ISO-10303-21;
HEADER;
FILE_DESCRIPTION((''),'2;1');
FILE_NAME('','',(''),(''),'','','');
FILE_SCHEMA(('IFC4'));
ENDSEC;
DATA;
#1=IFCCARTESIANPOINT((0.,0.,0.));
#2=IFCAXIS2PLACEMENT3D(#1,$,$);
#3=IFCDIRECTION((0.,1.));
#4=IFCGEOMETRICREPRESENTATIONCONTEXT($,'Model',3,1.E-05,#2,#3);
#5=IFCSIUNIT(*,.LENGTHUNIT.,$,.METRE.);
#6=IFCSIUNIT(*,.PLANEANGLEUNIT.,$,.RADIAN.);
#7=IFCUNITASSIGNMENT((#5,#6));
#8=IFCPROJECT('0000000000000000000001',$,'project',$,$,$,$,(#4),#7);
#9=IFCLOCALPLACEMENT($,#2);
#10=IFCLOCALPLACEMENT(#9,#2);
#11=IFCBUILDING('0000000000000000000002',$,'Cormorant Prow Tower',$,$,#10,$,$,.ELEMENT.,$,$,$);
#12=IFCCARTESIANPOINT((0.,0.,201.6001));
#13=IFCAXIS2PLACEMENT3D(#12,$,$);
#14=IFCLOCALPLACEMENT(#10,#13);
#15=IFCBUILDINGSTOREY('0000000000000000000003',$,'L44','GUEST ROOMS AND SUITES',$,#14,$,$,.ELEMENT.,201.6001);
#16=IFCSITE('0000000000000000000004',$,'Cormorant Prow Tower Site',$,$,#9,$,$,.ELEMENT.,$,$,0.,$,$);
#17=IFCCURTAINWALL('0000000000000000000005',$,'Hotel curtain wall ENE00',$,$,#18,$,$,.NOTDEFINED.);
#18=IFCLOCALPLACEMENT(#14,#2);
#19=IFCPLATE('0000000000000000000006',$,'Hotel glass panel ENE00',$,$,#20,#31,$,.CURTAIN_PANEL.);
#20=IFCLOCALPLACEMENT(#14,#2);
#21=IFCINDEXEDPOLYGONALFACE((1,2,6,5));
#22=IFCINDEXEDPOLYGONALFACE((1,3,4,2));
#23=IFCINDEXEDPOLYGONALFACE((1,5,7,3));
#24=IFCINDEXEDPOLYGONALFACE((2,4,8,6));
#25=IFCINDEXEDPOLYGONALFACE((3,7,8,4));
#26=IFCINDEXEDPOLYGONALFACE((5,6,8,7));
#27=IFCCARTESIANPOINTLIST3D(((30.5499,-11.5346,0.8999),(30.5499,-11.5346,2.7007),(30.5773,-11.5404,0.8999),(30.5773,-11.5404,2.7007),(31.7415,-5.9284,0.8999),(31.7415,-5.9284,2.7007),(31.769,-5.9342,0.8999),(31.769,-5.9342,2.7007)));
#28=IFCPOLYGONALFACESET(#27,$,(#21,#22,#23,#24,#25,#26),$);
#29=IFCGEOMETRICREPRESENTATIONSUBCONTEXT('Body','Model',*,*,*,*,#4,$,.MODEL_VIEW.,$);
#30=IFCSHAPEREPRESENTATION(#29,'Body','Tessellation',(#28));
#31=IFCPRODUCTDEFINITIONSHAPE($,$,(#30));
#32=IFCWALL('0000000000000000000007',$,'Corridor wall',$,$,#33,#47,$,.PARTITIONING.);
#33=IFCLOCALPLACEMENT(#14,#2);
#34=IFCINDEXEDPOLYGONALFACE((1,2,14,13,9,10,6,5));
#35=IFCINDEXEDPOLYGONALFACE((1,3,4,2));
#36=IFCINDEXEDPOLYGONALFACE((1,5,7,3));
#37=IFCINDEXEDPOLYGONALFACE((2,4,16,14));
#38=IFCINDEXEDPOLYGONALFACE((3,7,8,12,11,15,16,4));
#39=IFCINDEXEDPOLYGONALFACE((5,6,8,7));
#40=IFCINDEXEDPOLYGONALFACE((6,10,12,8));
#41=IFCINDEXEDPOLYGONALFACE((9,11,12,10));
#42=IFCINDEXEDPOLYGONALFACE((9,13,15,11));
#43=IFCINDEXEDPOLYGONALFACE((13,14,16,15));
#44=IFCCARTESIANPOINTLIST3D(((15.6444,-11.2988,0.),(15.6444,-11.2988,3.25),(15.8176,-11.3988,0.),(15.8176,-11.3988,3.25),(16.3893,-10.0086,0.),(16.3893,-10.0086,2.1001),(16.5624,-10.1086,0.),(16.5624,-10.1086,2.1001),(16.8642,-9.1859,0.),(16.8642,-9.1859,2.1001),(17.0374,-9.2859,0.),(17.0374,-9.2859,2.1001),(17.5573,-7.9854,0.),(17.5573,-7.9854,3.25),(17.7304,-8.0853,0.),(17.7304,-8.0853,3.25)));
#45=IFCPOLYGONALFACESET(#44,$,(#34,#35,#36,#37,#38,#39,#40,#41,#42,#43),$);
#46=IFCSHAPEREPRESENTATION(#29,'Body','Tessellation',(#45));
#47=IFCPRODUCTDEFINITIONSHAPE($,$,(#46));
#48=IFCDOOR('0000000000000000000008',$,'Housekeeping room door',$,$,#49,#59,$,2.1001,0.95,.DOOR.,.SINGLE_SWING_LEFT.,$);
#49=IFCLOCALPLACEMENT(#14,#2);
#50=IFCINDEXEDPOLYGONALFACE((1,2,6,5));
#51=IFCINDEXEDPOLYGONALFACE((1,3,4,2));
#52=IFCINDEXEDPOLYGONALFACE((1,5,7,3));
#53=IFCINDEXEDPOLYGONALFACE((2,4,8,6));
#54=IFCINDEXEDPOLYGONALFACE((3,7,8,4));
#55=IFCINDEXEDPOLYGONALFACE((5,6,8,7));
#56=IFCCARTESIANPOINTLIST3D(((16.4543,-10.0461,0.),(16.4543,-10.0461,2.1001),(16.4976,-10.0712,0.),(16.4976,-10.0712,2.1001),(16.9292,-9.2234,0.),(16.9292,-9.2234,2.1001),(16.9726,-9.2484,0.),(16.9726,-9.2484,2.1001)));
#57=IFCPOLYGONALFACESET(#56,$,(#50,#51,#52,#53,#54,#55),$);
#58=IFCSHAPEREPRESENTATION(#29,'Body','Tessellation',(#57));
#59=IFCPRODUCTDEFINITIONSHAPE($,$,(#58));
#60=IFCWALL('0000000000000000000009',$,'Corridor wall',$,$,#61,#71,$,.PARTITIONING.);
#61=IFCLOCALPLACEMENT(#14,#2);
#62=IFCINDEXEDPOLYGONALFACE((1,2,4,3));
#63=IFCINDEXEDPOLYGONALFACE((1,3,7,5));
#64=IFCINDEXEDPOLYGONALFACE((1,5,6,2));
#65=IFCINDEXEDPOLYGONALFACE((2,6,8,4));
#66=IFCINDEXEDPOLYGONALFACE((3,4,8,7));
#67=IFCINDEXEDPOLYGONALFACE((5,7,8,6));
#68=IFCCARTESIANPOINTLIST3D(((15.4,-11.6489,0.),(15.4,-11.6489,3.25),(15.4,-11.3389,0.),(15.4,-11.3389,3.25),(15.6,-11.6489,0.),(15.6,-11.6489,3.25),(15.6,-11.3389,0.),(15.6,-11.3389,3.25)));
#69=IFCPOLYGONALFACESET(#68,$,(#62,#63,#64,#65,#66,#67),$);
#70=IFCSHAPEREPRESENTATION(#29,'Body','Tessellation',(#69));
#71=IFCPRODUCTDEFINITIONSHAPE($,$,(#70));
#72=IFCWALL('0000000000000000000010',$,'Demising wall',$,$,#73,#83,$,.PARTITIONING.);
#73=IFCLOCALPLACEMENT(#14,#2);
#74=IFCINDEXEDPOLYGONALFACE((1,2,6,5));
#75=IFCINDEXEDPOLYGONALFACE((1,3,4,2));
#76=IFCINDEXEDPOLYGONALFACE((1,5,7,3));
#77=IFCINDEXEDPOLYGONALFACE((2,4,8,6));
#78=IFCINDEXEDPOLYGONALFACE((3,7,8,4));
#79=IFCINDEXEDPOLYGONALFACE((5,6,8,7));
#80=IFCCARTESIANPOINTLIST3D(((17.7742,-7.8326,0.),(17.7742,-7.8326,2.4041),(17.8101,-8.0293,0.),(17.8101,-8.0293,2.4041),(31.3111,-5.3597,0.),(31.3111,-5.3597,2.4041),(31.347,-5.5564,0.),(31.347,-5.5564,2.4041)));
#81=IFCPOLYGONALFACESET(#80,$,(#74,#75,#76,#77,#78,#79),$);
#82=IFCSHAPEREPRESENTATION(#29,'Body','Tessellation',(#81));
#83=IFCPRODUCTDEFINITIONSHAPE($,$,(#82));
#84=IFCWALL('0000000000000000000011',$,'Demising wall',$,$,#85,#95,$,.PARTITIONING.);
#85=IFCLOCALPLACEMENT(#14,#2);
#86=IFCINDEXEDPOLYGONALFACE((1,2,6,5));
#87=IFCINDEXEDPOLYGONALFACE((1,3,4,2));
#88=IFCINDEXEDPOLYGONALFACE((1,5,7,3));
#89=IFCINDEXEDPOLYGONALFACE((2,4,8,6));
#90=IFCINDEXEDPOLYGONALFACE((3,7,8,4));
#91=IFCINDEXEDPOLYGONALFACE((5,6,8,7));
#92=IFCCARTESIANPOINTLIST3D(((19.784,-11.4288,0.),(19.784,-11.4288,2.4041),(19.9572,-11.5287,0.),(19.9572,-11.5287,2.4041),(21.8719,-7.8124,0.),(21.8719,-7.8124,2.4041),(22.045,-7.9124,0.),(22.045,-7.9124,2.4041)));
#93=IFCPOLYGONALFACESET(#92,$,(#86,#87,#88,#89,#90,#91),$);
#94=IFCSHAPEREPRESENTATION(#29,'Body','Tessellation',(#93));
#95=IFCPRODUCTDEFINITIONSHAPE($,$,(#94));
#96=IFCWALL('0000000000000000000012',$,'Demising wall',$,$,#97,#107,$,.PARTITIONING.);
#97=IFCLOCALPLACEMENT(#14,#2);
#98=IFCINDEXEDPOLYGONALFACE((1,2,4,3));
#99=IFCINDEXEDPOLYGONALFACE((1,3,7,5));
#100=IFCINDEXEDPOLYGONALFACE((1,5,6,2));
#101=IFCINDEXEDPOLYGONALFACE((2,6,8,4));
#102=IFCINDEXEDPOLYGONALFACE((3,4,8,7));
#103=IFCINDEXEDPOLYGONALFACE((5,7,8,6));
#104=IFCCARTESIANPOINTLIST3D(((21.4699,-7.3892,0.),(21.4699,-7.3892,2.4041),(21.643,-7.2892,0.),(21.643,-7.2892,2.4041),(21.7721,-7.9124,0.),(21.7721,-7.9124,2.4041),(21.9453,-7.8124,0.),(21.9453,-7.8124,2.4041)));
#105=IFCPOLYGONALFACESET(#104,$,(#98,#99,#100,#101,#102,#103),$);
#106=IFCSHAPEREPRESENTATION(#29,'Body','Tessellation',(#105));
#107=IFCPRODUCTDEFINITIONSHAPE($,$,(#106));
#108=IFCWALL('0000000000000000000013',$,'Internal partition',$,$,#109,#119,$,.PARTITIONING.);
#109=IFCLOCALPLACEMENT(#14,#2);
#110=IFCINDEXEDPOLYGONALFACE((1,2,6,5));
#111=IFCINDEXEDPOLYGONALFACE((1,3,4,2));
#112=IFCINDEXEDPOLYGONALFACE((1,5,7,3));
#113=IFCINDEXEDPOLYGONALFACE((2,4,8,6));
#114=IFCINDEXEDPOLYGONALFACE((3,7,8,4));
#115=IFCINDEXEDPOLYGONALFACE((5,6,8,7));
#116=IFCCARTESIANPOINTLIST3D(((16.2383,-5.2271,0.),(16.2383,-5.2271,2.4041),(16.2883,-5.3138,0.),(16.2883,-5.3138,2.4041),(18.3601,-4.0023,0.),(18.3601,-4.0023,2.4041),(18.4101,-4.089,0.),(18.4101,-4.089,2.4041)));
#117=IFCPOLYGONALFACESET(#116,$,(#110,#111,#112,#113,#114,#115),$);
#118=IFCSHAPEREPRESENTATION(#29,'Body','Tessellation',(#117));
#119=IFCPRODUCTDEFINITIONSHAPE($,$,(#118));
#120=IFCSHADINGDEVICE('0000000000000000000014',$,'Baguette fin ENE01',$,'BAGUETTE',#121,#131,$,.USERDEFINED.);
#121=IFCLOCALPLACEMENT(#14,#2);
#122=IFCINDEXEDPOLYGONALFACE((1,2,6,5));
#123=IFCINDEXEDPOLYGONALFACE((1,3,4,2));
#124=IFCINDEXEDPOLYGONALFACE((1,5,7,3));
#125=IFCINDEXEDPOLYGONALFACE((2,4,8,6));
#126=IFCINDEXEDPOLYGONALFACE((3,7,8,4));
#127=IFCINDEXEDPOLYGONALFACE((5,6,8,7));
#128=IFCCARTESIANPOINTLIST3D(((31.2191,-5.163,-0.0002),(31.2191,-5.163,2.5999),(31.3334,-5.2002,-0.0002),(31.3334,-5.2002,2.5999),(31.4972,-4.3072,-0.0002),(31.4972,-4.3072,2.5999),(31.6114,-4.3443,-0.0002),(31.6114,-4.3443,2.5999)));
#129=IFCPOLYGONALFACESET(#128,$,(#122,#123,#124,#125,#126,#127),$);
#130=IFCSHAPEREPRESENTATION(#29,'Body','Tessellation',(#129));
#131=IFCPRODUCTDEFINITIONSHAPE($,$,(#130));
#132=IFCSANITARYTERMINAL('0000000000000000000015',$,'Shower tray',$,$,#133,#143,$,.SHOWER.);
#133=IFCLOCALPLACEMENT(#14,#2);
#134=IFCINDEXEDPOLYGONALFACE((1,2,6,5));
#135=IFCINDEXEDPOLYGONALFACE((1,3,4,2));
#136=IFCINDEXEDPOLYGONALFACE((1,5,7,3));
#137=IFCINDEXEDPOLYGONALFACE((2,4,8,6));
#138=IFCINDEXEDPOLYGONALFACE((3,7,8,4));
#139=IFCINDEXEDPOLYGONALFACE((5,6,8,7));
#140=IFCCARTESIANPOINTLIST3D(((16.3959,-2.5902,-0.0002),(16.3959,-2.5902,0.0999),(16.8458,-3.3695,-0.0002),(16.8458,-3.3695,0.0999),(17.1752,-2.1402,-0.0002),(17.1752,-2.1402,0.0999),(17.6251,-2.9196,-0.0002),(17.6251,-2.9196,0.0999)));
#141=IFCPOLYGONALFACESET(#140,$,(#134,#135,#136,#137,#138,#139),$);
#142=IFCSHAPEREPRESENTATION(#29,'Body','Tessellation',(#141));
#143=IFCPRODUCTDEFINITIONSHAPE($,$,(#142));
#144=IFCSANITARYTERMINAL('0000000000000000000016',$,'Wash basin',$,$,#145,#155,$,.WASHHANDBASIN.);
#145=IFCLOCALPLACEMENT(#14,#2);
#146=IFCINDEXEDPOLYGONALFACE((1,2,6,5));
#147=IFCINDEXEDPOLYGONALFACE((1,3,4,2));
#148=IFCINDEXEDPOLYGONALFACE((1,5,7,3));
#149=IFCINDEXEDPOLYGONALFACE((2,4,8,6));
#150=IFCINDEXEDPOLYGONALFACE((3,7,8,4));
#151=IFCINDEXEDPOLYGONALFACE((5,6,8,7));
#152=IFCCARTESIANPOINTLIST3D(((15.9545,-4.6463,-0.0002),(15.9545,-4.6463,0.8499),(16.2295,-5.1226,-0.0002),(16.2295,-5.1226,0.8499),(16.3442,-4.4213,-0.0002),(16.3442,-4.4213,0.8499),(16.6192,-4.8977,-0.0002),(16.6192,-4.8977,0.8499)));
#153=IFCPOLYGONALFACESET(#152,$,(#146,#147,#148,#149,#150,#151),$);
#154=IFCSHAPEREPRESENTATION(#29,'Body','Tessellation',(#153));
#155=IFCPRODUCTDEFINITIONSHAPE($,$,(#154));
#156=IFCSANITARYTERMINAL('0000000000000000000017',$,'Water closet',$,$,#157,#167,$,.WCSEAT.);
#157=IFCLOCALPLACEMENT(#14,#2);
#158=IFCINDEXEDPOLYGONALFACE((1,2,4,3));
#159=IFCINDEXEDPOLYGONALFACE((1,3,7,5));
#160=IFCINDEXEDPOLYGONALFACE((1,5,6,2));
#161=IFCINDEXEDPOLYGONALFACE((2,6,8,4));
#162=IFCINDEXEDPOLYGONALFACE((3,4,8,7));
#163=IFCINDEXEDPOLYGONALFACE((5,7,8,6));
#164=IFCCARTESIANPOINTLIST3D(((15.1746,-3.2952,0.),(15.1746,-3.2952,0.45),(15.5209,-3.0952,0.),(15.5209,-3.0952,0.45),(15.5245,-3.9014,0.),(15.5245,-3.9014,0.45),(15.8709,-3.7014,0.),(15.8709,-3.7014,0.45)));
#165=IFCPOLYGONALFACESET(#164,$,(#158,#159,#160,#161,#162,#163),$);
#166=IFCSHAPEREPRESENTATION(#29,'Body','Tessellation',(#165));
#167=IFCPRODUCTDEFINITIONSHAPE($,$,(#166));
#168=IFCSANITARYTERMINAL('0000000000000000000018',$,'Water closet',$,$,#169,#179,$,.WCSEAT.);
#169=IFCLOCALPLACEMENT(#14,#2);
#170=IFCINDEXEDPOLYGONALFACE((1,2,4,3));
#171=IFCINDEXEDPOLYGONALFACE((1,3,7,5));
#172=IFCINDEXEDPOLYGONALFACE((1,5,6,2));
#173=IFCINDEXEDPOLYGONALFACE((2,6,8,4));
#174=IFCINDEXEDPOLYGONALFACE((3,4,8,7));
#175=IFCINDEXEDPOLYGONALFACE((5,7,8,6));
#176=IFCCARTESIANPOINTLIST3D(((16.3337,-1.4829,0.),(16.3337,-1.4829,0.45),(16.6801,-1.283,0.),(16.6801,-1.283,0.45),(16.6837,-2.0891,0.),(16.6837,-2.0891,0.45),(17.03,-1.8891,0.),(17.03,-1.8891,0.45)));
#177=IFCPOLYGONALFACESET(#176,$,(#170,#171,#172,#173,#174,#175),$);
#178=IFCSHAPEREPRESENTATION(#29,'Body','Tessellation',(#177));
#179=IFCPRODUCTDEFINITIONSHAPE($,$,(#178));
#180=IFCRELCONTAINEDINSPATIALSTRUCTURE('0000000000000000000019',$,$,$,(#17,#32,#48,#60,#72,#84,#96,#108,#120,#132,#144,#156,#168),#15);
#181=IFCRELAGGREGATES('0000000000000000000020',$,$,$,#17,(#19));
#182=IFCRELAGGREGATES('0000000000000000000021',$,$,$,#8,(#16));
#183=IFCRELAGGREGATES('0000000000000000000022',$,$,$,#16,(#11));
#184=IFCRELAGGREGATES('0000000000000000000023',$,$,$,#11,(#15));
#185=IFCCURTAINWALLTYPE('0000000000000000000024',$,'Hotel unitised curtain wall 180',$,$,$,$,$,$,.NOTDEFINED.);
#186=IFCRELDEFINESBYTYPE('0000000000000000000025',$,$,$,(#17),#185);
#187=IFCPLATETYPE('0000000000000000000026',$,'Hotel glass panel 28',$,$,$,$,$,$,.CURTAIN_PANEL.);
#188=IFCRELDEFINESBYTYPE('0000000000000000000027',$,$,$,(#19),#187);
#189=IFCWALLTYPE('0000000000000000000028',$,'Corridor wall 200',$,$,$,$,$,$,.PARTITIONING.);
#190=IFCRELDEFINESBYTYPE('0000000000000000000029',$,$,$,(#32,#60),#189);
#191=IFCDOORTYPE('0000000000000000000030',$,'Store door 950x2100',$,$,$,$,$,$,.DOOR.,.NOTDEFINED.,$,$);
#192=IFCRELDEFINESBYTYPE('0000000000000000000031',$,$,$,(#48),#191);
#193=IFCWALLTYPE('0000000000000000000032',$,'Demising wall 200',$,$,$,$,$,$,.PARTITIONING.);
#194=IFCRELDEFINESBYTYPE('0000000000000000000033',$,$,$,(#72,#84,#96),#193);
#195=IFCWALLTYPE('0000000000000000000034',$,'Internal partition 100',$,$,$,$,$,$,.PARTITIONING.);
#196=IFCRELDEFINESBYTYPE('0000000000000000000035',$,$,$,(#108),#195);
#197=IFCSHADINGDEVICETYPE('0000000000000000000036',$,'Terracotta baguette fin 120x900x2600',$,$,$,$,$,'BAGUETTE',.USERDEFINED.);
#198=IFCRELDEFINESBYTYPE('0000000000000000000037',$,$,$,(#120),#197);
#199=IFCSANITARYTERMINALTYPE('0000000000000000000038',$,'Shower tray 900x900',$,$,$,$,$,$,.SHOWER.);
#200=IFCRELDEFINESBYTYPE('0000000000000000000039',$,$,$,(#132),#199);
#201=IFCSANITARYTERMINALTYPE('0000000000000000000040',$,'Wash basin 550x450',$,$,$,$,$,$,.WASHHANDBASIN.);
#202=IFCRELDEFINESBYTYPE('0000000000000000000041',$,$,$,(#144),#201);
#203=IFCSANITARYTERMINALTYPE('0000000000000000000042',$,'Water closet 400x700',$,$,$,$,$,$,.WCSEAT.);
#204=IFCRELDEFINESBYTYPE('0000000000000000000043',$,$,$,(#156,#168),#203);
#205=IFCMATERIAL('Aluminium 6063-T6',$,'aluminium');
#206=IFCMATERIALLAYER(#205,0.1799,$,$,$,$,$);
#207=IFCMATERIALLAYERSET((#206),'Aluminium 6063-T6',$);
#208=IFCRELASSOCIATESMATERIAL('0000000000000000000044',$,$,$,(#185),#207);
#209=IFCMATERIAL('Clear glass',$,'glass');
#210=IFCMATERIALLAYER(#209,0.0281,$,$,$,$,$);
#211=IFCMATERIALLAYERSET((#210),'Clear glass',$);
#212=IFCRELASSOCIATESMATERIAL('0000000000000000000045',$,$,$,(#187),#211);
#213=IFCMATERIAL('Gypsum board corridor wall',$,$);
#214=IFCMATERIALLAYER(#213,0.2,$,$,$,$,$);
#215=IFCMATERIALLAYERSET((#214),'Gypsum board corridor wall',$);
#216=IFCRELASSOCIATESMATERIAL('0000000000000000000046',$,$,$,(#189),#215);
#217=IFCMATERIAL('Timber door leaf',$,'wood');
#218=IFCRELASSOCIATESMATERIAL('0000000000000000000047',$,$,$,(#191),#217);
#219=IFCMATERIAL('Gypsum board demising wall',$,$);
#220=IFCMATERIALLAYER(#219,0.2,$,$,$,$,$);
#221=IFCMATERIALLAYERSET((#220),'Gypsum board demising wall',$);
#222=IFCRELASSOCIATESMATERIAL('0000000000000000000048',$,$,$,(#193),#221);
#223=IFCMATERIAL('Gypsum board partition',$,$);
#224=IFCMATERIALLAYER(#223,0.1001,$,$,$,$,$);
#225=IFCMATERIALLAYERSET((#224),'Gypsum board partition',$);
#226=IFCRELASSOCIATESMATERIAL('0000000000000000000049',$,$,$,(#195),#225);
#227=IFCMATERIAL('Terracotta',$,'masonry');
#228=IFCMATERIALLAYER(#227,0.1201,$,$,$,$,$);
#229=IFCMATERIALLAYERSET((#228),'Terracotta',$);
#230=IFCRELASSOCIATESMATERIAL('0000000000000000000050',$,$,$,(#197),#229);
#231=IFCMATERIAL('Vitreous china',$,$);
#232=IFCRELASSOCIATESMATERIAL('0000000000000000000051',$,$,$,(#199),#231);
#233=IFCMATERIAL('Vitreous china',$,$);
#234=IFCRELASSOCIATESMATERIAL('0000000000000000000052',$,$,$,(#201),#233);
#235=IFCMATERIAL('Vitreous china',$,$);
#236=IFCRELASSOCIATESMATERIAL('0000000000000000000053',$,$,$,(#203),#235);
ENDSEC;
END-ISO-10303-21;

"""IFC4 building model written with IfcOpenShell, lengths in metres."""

from ifc_helpers import new_model, si_unit, direction, frame, frame_2d, origin, origin_2d, place, context, subcontext, project, spatial, rectangle, extrude, material, layer, layer_set, type_object, element, fill, aggregate, save


model = new_model("IFC4")

# Units and contexts
model_context = context("Model", 3, precision=1e-05, world=origin(), true_north=direction((0.0, 1.0)))
body_context = subcontext(model_context, "Body", "Model", "MODEL_VIEW")
ifc_project = project(units=[si_unit("LENGTHUNIT", "METRE"), si_unit("PLANEANGLEUNIT", "RADIAN")], contexts=[model_context])

# Site, building, storey
site_placement = place(None, origin())
site = spatial("IfcSite", under=ifc_project, at=site_placement, Name="Cormorant Prow Tower Site", CompositionType="ELEMENT", RefElevation=0.0)
building_placement = place(site_placement, origin())
building = spatial("IfcBuilding", under=site, at=building_placement, Name="Cormorant Prow Tower", CompositionType="ELEMENT")
storey_placement = place(building_placement, frame((0.0, 0.0, 201.6001)))
storey = spatial("IfcBuildingStorey", under=building, at=storey_placement, Name="L44", Description="GUEST ROOMS AND SUITES", CompositionType="ELEMENT", Elevation=201.6001)

# Curtain wall
ifc_material_1 = material(Name="Aluminium 6063-T6", Category="aluminium")
ifc_layer_1 = layer(ifc_material_1, 0.1799)
ifc_layer_set_1 = layer_set([ifc_layer_1], Name="Aluminium 6063-T6")
curtain_wall_type = type_object("IfcCurtainWallType", Name="Hotel unitised curtain wall 180", PredefinedType="NOTDEFINED", material=ifc_layer_set_1)
curtain_wall_1_placement = place(storey_placement, origin())
curtain_wall_1 = element("IfcCurtainWall", 1, at=curtain_wall_1_placement, inside=storey, type_object=curtain_wall_type, Name="Hotel curtain wall ENE00", PredefinedType="NOTDEFINED")

# Plate
ifc_material_2 = material(Name="Clear glass", Category="glass")
ifc_layer_2 = layer(ifc_material_2, 0.0281)
ifc_layer_set_2 = layer_set([ifc_layer_2], Name="Clear glass")
plate_type = type_object("IfcPlateType", Name="Hotel glass panel 28", PredefinedType="CURTAIN_PANEL", material=ifc_layer_set_2)
plate_placement = place(storey_placement, frame((31.1594, -8.7344, 0.8999), z_axis=(0.0, 0.0, 1.0), x_axis=(0.207912, 0.978148, 0.0)))
plate = element("IfcPlate", 2, at=plate_placement, type_object=plate_type, Name="Hotel glass panel ENE00", PredefinedType="CURTAIN_PANEL", context=body_context, shape_type="SweptSolid", body=[
    extrude(rectangle(XDim=5.7314, YDim=0.0281, at=origin_2d()), origin(), (0.0, 0.0, 1.0), 1.8008),
])
aggregate(curtain_wall_1, [plate])

# Wall, opening, door
ifc_material_3 = material(Name="Gypsum board corridor wall")
ifc_layer_3 = layer(ifc_material_3, 0.2)
ifc_layer_set_3 = layer_set([ifc_layer_3], Name="Gypsum board corridor wall")
wall_type_1 = type_object("IfcWallType", Name="Corridor wall 200", PredefinedType="PARTITIONING", material=ifc_layer_set_3)
wall_1_placement = place(storey_placement, frame((15.731, -11.3489, 0.0), z_axis=(0.0, 0.0, 1.0), x_axis=(0.499962, 0.866047, 0.0)))
wall_1 = element("IfcWall", 3, at=wall_1_placement, inside=storey, type_object=wall_type_1, Name="Corridor wall", PredefinedType="PARTITIONING", context=body_context, shape_type="SweptSolid", body=[
    extrude(rectangle(XDim=3.8259, YDim=0.2, at=frame_2d((1.9131, 0.0))), origin(), (0.0, 0.0, 1.0), 3.25),
])
opening_1_placement = place(wall_1_placement, frame((1.4897, 0.0, 0.0)))
opening_1 = element("IfcOpeningElement", 4, at=opening_1_placement, cuts=wall_1, PredefinedType="OPENING", context=body_context, shape_type="SweptSolid", body=[
    extrude(rectangle(XDim=0.95, YDim=2.1001, at=frame_2d((0.4751, 1.05))), frame((0.0, 0.1099, 0.0), z_axis=(0.0, -1.0, 0.0), x_axis=(1.0, 0.0, 0.0)), (0.0, 0.0, 1.0), 0.22),
])
ifc_material_4 = material(Name="Timber door leaf", Category="wood")
door_type_1 = type_object("IfcDoorType", Name="Store door 950x2100", OperationType="NOTDEFINED", PredefinedType="DOOR", material=ifc_material_4)
door_1_placement = place(opening_1_placement, origin())
door_1 = element("IfcDoor", 5, at=door_1_placement, inside=storey, type_object=door_type_1, Name="Housekeeping room door", OperationType="SINGLE_SWING_LEFT", OverallHeight=2.1001, OverallWidth=0.95, PredefinedType="DOOR", context=body_context, shape_type="SweptSolid", body=[
    extrude(rectangle(XDim=0.95, YDim=2.1001, at=frame_2d((0.4751, 1.05))), frame((0.0, 0.0249, 0.0), z_axis=(0.0, -1.0, 0.0), x_axis=(1.0, 0.0, 0.0)), (0.0, 0.0, 1.0), 0.05),
])
fill(opening_1, door_1)

# Walls
wall_2_placement = place(storey_placement, frame((15.5, -11.6489, 0.0), z_axis=(0.0, 0.0, 1.0), x_axis=(0.0, 1.0, 0.0)))
element("IfcWall", 6, at=wall_2_placement, inside=storey, type_object=wall_type_1, Name="Corridor wall", PredefinedType="PARTITIONING", context=body_context, shape_type="SweptSolid", body=[
    extrude(rectangle(XDim=0.3101, YDim=0.2, at=frame_2d((0.155, 0.0))), origin(), (0.0, 0.0, 1.0), 3.25),
])
ifc_material_5 = material(Name="Gypsum board demising wall")
ifc_layer_4 = layer(ifc_material_5, 0.2)
ifc_layer_set_4 = layer_set([ifc_layer_4], Name="Gypsum board demising wall")
wall_type_2 = type_object("IfcWallType", Name="Demising wall 200", PredefinedType="PARTITIONING", material=ifc_layer_set_4)
wall_3_placement = place(storey_placement, frame((17.7922, -7.9309, 0.0), z_axis=(0.0, 0.0, 1.0), x_axis=(0.983721, 0.179705, 0.0)))
element("IfcWall", 7, at=wall_3_placement, inside=storey, type_object=wall_type_2, Name="Demising wall", PredefinedType="PARTITIONING", context=body_context, shape_type="SweptSolid", body=[
    extrude(rectangle(XDim=13.761, YDim=0.2, at=frame_2d((6.8804, 0.0))), origin(), (0.0, 0.0, 1.0), 2.4041),
])
wall_4_placement = place(storey_placement, frame((19.8706, -11.4788, 0.0), z_axis=(0.0, 0.0, 1.0), x_axis=(0.499987, 0.866033, 0.0)))
element("IfcWall", 8, at=wall_4_placement, inside=storey, type_object=wall_type_2, Name="Demising wall", PredefinedType="PARTITIONING", context=body_context, shape_type="SweptSolid", body=[
    extrude(rectangle(XDim=4.1758, YDim=0.2, at=frame_2d((2.0879, 0.0))), origin(), (0.0, 0.0, 1.0), 2.4041),
])
wall_5_placement = place(storey_placement, frame((21.5564, -7.3391, 0.0), z_axis=(0.0, 0.0, 1.0), x_axis=(0.500224, -0.865896, 0.0)))
element("IfcWall", 9, at=wall_5_placement, inside=storey, type_object=wall_type_2, Name="Demising wall", PredefinedType="PARTITIONING", context=body_context, shape_type="SweptSolid", body=[
    extrude(rectangle(XDim=0.6042, YDim=0.2, at=frame_2d((0.3022, 0.0))), origin(), (0.0, 0.0, 1.0), 2.4041),
])
ifc_material_6 = material(Name="Gypsum board partition")
ifc_layer_5 = layer(ifc_material_6, 0.1001)
ifc_layer_set_5 = layer_set([ifc_layer_5], Name="Gypsum board partition")
wall_type_3 = type_object("IfcWallType", Name="Internal partition 100", PredefinedType="PARTITIONING", material=ifc_layer_set_5)
wall_6_placement = place(storey_placement, frame((16.2632, -5.2705, 0.0), z_axis=(0.0, 0.0, 1.0), x_axis=(0.866058, 0.499944, 0.0)))
element("IfcWall", 10, at=wall_6_placement, inside=storey, type_object=wall_type_3, Name="Internal partition", PredefinedType="PARTITIONING", context=body_context, shape_type="SweptSolid", body=[
    extrude(rectangle(XDim=2.45, YDim=0.1001, at=frame_2d((1.2251, 0.0))), origin(), (0.0, 0.0, 1.0), 2.4041),
])

# Shading device
ifc_material_7 = material(Name="Terracotta", Category="masonry")
ifc_layer_6 = layer(ifc_material_7, 0.1201)
ifc_layer_set_6 = layer_set([ifc_layer_6], Name="Terracotta")
shading_device_type = type_object("IfcShadingDeviceType", Name="Terracotta baguette fin 120x900x2600", ElementType="BAGUETTE", PredefinedType="USERDEFINED", material=ifc_layer_set_6)
shading_device_placement = place(storey_placement, frame((31.4153, -4.7537, -0.0002), z_axis=(0.0, 0.0, 1.0), x_axis=(-0.951057, 0.309017, 0.0)))
element("IfcShadingDevice", 11, at=shading_device_placement, inside=storey, type_object=shading_device_type, Name="Baguette fin ENE01", ObjectType="BAGUETTE", PredefinedType="USERDEFINED", context=body_context, shape_type="SweptSolid", body=[
    extrude(rectangle(XDim=0.1201, YDim=0.8999, at=origin_2d()), origin(), (0.0, 0.0, 1.0), 2.6001),
])

# Sanitary terminals
ifc_material_8 = material(Name="Vitreous china")
sanitary_terminal_type_1 = type_object("IfcSanitaryTerminalType", Name="Shower tray 900x900", PredefinedType="SHOWER", material=ifc_material_8)
sanitary_terminal_1_placement = place(storey_placement, frame((17.0105, -2.7549, -0.0002), z_axis=(0.0, 0.0, 1.0), x_axis=(0.5, -0.866025, 0.0)))
element("IfcSanitaryTerminal", 12, at=sanitary_terminal_1_placement, inside=storey, type_object=sanitary_terminal_type_1, Name="Shower tray", PredefinedType="SHOWER", context=body_context, shape_type="SweptSolid", body=[
    extrude(rectangle(XDim=0.8999, YDim=0.8999, at=origin_2d()), origin(), (0.0, 0.0, 1.0), 0.1001),
])
ifc_material_9 = material(Name="Vitreous china")
sanitary_terminal_type_2 = type_object("IfcSanitaryTerminalType", Name="Wash basin 550x450", PredefinedType="WASHHANDBASIN", material=ifc_material_9)
sanitary_terminal_2_placement = place(storey_placement, frame((16.2869, -4.772, -0.0002), z_axis=(0.0, 0.0, 1.0), x_axis=(-0.5, 0.866025, 0.0)))
element("IfcSanitaryTerminal", 13, at=sanitary_terminal_2_placement, inside=storey, type_object=sanitary_terminal_type_2, Name="Wash basin", PredefinedType="WASHHANDBASIN", context=body_context, shape_type="SweptSolid", body=[
    extrude(rectangle(XDim=0.55, YDim=0.45, at=origin_2d()), origin(), (0.0, 0.0, 1.0), 0.8501),
])
ifc_material_10 = material(Name="Vitreous china")
sanitary_terminal_type_3 = type_object("IfcSanitaryTerminalType", Name="Water closet 400x700", PredefinedType="WCSEAT", material=ifc_material_10)
for number, where, z_axis, x_axis, name in (
    (14, (15.5227, -3.4983, 0.0), (0.0, 0.0, 1.0), (0.866025, 0.5, 0.0), "Water closet"),
    (15, (16.6819, -1.686, 0.0), (0.0, 0.0, 1.0), (-0.866025, -0.5, 0.0), "Water closet"),
):
    element("IfcSanitaryTerminal", number, at=place(storey_placement, frame(where, z_axis=z_axis, x_axis=x_axis)), inside=storey, type_object=sanitary_terminal_type_3, Name=name, PredefinedType="WCSEAT", context=body_context, shape_type="SweptSolid", body=[
        extrude(rectangle(XDim=0.3999, YDim=0.7, at=origin_2d()), origin(), (0.0, 0.0, 1.0), 0.45),
    ])

save(model, "model.ifc")
